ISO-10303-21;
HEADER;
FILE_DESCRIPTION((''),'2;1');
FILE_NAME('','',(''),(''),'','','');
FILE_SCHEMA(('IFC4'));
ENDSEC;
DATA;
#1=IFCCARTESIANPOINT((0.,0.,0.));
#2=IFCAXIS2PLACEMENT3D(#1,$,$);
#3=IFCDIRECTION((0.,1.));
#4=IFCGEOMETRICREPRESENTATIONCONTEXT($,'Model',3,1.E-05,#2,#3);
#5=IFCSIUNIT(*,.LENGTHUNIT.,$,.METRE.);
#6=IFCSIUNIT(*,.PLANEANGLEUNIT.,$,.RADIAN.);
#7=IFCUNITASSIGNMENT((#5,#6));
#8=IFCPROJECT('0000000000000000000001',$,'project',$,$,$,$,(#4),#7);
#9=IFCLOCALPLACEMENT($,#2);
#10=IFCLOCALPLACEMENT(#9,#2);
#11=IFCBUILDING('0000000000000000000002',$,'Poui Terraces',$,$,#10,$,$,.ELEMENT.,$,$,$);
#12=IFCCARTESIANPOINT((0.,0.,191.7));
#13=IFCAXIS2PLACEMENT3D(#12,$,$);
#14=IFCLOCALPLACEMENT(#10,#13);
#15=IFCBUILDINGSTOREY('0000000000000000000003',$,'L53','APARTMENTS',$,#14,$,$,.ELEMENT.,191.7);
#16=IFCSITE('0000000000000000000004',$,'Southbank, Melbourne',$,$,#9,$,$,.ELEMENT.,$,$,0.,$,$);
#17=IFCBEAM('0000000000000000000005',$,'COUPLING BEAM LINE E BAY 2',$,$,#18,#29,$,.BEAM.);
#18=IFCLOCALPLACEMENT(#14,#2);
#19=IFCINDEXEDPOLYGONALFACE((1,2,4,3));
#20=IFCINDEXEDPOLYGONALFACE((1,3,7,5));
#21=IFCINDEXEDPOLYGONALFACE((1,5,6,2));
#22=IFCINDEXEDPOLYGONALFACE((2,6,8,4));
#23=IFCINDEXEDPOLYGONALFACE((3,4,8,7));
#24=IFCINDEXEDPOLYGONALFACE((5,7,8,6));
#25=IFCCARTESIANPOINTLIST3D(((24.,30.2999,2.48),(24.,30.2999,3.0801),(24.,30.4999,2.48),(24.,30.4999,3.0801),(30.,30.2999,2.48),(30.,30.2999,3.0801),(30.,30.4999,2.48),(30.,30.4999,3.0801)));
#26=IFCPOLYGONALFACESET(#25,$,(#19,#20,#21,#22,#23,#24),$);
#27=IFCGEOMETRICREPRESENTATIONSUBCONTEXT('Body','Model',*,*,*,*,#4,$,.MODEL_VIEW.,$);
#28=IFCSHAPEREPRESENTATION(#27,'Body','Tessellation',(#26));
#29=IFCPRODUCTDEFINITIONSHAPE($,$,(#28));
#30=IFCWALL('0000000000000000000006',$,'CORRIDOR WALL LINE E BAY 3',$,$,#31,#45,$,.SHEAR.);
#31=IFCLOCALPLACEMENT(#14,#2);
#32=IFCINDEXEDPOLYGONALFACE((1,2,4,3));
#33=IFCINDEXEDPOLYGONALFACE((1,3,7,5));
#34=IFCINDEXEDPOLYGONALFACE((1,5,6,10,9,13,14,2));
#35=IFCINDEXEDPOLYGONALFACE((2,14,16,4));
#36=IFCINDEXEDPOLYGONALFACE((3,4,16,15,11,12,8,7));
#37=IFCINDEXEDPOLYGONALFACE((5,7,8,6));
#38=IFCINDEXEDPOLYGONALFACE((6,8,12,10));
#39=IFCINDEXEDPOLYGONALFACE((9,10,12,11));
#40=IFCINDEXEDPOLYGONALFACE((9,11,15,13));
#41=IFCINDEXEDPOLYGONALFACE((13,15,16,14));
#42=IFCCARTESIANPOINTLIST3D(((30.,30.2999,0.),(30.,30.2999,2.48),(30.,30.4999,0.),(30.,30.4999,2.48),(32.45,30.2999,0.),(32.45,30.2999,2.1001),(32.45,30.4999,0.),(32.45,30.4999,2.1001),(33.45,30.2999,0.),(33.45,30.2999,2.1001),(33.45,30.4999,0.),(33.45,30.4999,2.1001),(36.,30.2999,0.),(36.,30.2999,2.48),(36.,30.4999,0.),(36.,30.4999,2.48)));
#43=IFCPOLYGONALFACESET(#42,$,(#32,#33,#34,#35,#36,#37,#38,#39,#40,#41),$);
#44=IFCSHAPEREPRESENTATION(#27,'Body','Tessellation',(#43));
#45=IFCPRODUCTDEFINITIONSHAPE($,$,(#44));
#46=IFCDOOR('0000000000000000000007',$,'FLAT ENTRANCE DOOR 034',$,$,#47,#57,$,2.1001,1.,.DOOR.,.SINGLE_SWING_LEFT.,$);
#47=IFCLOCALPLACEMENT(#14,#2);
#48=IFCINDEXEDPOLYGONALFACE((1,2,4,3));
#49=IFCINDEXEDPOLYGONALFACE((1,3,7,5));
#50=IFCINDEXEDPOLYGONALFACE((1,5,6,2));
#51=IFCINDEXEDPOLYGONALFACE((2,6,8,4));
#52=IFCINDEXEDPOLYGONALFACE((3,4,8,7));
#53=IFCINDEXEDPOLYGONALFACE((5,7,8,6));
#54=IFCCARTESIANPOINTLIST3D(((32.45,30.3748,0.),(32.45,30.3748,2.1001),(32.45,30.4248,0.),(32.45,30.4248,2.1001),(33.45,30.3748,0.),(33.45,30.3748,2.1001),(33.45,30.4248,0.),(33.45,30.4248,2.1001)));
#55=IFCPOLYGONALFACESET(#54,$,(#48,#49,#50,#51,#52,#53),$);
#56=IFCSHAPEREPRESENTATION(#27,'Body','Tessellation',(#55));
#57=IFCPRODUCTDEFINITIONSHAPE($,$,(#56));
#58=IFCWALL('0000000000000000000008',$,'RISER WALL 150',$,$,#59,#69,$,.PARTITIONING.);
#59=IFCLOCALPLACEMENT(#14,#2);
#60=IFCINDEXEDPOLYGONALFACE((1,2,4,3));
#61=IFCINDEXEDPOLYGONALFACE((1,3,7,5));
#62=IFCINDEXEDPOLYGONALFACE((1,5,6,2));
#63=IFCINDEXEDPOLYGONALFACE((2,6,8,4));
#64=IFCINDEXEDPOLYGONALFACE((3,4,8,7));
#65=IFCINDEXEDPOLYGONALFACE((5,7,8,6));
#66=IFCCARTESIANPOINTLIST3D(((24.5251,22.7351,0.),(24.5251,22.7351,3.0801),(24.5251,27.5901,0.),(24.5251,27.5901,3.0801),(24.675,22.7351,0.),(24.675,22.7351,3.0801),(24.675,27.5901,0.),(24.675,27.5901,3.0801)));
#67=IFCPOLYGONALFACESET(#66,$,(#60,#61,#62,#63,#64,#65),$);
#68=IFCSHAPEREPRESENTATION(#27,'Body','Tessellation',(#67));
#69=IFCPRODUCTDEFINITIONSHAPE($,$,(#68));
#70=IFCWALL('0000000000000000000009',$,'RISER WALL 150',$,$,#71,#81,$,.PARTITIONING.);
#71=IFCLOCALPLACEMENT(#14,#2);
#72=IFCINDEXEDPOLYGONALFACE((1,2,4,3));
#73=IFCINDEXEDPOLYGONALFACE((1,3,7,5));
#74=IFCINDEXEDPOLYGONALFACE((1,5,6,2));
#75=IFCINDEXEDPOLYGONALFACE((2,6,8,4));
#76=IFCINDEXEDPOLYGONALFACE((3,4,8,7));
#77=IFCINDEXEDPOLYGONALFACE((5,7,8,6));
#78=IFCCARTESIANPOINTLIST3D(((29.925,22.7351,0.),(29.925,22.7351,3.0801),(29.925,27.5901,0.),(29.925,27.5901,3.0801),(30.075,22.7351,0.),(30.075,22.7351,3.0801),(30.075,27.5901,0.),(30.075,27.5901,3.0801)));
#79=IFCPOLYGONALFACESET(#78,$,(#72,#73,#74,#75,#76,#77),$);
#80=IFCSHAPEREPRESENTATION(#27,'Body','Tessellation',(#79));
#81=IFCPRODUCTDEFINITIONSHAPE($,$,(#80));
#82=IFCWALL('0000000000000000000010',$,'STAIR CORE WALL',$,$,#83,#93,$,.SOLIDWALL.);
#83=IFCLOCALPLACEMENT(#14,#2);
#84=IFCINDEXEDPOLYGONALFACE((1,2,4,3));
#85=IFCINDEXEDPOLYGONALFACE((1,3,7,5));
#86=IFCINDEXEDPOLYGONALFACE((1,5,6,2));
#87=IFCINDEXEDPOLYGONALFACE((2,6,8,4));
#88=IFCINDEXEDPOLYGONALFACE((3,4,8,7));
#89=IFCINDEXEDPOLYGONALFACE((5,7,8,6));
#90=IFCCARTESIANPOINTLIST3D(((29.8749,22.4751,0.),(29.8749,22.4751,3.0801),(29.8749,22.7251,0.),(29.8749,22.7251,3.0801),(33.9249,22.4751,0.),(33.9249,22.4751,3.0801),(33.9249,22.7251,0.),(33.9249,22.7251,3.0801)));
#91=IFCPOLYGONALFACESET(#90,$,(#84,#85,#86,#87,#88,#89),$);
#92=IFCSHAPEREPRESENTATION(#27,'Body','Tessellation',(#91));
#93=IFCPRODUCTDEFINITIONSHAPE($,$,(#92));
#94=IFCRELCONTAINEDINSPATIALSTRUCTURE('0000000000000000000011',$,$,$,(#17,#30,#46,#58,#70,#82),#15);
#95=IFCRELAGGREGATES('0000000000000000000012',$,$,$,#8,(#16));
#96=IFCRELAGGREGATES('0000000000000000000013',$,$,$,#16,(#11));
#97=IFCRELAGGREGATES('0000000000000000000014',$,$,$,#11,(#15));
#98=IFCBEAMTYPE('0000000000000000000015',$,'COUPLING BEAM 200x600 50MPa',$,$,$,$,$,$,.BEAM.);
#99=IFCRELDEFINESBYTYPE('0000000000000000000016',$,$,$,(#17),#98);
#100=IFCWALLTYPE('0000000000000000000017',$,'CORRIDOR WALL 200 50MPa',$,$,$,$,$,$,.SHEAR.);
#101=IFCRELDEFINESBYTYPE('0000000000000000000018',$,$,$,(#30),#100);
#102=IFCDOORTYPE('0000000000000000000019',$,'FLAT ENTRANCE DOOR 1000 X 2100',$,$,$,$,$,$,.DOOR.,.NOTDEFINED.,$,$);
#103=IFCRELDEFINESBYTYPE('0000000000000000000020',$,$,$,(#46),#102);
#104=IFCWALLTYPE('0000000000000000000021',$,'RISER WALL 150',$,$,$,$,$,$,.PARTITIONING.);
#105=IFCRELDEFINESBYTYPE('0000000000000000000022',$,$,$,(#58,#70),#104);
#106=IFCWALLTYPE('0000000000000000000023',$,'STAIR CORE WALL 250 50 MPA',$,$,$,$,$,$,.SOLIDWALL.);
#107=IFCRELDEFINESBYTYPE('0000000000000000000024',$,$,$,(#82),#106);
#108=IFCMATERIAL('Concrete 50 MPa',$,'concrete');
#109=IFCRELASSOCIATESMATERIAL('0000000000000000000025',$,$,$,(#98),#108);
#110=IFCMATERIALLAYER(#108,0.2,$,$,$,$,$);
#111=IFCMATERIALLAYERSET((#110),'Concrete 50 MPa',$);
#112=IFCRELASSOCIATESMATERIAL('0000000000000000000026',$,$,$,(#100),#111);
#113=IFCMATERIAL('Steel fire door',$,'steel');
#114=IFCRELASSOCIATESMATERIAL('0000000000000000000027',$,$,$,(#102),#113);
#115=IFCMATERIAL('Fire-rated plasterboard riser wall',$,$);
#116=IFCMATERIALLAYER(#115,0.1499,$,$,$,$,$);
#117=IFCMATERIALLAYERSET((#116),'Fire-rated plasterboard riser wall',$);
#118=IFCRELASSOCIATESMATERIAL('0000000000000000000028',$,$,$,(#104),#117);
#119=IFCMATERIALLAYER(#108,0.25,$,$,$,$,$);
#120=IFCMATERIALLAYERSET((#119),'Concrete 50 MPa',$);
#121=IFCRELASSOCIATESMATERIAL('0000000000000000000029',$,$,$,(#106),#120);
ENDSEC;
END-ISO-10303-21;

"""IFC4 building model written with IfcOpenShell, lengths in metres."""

from ifc_helpers import new_model, si_unit, direction, frame, frame_2d, origin, origin_2d, place, context, subcontext, project, spatial, rectangle, extrude, source, transform, mapped, material, layer, layer_set, material_profile, profile_set, type_object, element, fill, save


model = new_model("IFC4")

# Units and contexts
model_context = context("Model", 3, precision=1e-05, world=origin(), true_north=direction((0.0, 1.0)))
body_context = subcontext(model_context, "Body", "Model", "MODEL_VIEW")
ifc_project = project(units=[si_unit("LENGTHUNIT", "METRE"), si_unit("PLANEANGLEUNIT", "RADIAN")], contexts=[model_context])

# Site, building, storey
site_placement = place(None, origin())
site = spatial("IfcSite", under=ifc_project, at=site_placement, Name="Southbank, Melbourne", CompositionType="ELEMENT", RefElevation=0.0)
building_placement = place(site_placement, origin())
building = spatial("IfcBuilding", under=site, at=building_placement, Name="Poui Terraces", CompositionType="ELEMENT")
storey_placement = place(building_placement, frame((0.0, 0.0, 191.7)))
storey = spatial("IfcBuildingStorey", under=building, at=storey_placement, Name="L53", Description="APARTMENTS", CompositionType="ELEMENT", Elevation=191.7)

# Beam
ifc_material_1 = material(Name="Concrete 50 MPa", Category="concrete")
ifc_material_profile = material_profile(ifc_material_1, rectangle(XDim=0.2, YDim=0.6001, at=origin_2d()), Name="RC 200x600")
ifc_profile_set = profile_set([ifc_material_profile], Name="Concrete 50 MPa")
beam_type = type_object("IfcBeamType", Name="COUPLING BEAM 200x600 50MPa", PredefinedType="BEAM", material=ifc_profile_set)
shared_shape = source(origin(), body_context, "Body", "SweptSolid", [
    extrude(rectangle(XDim=0.2, YDim=0.6001, at=origin_2d()), origin(), (0.0, 0.0, 1.0), 6.0),
])
beam_placement = place(storey_placement, frame((24.0, 30.3999, 2.78), z_axis=(1.0, 0.0, 0.0), x_axis=(0.0, 1.0, 0.0)))
element("IfcBeam", 1, at=beam_placement, inside=storey, type_object=beam_type, Name="COUPLING BEAM LINE E BAY 2", PredefinedType="BEAM", context=body_context, shape_type="MappedRepresentation", body=[
    mapped(shared_shape, transform((0.0, 0.0, 0.0))),
])

# Wall, opening, door
ifc_layer_1 = layer(ifc_material_1, 0.2)
ifc_layer_set_1 = layer_set([ifc_layer_1], Name="Concrete 50 MPa")
wall_type_1 = type_object("IfcWallType", Name="CORRIDOR WALL 200 50MPa", PredefinedType="SHEAR", material=ifc_layer_set_1)
wall_1_placement = place(storey_placement, frame((30.0, 30.3999, 0.0), z_axis=(0.0, 0.0, 1.0), x_axis=(1.0, 0.0, 0.0)))
wall_1 = element("IfcWall", 2, at=wall_1_placement, inside=storey, type_object=wall_type_1, Name="CORRIDOR WALL LINE E BAY 3", PredefinedType="SHEAR", context=body_context, shape_type="SweptSolid", body=[
    extrude(rectangle(XDim=6.0, YDim=0.2, at=frame_2d((3.0, 0.0))), origin(), (0.0, 0.0, 1.0), 2.48),
])
opening_placement = place(wall_1_placement, frame((2.45, 0.0, 0.0)))
opening = element("IfcOpeningElement", 3, at=opening_placement, cuts=wall_1, PredefinedType="OPENING", context=body_context, shape_type="SweptSolid", body=[
    extrude(rectangle(XDim=1.0, YDim=2.1001, at=frame_2d((0.5, 1.05))), frame((0.0, 0.1099, 0.0), z_axis=(0.0, -1.0, 0.0), x_axis=(1.0, 0.0, 0.0)), (0.0, 0.0, 1.0), 0.22),
])
ifc_material_2 = material(Name="Steel fire door", Category="steel")
door_type = type_object("IfcDoorType", Name="FLAT ENTRANCE DOOR 1000 X 2100", OperationType="NOTDEFINED", PredefinedType="DOOR", material=ifc_material_2)
door_placement = place(opening_placement, origin())
door = element("IfcDoor", 4, at=door_placement, inside=storey, type_object=door_type, Name="FLAT ENTRANCE DOOR 034", OperationType="SINGLE_SWING_LEFT", OverallHeight=2.1001, OverallWidth=1.0, PredefinedType="DOOR", context=body_context, shape_type="SweptSolid", body=[
    extrude(rectangle(XDim=1.0, YDim=2.1001, at=frame_2d((0.5, 1.05))), frame((0.0, 0.0249, 0.0), z_axis=(0.0, -1.0, 0.0), x_axis=(1.0, 0.0, 0.0)), (0.0, 0.0, 1.0), 0.05),
])
fill(opening, door)

# Walls
ifc_material_3 = material(Name="Fire-rated plasterboard riser wall")
ifc_layer_2 = layer(ifc_material_3, 0.1499)
ifc_layer_set_2 = layer_set([ifc_layer_2], Name="Fire-rated plasterboard riser wall")
wall_type_2 = type_object("IfcWallType", Name="RISER WALL 150", PredefinedType="PARTITIONING", material=ifc_layer_set_2)
for number, where, z_axis, x_axis, name in (
    (5, (24.6001, 22.7351, 0.0), (0.0, 0.0, 1.0), (0.0, 1.0, 0.0), "RISER WALL 150"),
    (6, (30.0, 22.7351, 0.0), (0.0, 0.0, 1.0), (0.0, 1.0, 0.0), "RISER WALL 150"),
):
    element("IfcWall", number, at=place(storey_placement, frame(where, z_axis=z_axis, x_axis=x_axis)), inside=storey, type_object=wall_type_2, Name=name, PredefinedType="PARTITIONING", context=body_context, shape_type="SweptSolid", body=[
        extrude(rectangle(XDim=4.855, YDim=0.1499, at=frame_2d((2.4275, 0.0))), origin(), (0.0, 0.0, 1.0), 3.0801),
    ])
ifc_layer_3 = layer(ifc_material_1, 0.25)
ifc_layer_set_3 = layer_set([ifc_layer_3], Name="Concrete 50 MPa")
wall_type_3 = type_object("IfcWallType", Name="STAIR CORE WALL 250 50 MPA", PredefinedType="SOLIDWALL", material=ifc_layer_set_3)
wall_2_placement = place(storey_placement, frame((29.875, 22.6001, 0.0), z_axis=(0.0, 0.0, 1.0), x_axis=(1.0, 0.0, 0.0)))
element("IfcWall", 7, at=wall_2_placement, inside=storey, type_object=wall_type_3, Name="STAIR CORE WALL", PredefinedType="SOLIDWALL", context=body_context, shape_type="SweptSolid", body=[
    extrude(rectangle(XDim=4.05, YDim=0.25, at=frame_2d((2.0249, 0.0))), origin(), (0.0, 0.0, 1.0), 3.0801),
])

save(model, "model.ifc")
